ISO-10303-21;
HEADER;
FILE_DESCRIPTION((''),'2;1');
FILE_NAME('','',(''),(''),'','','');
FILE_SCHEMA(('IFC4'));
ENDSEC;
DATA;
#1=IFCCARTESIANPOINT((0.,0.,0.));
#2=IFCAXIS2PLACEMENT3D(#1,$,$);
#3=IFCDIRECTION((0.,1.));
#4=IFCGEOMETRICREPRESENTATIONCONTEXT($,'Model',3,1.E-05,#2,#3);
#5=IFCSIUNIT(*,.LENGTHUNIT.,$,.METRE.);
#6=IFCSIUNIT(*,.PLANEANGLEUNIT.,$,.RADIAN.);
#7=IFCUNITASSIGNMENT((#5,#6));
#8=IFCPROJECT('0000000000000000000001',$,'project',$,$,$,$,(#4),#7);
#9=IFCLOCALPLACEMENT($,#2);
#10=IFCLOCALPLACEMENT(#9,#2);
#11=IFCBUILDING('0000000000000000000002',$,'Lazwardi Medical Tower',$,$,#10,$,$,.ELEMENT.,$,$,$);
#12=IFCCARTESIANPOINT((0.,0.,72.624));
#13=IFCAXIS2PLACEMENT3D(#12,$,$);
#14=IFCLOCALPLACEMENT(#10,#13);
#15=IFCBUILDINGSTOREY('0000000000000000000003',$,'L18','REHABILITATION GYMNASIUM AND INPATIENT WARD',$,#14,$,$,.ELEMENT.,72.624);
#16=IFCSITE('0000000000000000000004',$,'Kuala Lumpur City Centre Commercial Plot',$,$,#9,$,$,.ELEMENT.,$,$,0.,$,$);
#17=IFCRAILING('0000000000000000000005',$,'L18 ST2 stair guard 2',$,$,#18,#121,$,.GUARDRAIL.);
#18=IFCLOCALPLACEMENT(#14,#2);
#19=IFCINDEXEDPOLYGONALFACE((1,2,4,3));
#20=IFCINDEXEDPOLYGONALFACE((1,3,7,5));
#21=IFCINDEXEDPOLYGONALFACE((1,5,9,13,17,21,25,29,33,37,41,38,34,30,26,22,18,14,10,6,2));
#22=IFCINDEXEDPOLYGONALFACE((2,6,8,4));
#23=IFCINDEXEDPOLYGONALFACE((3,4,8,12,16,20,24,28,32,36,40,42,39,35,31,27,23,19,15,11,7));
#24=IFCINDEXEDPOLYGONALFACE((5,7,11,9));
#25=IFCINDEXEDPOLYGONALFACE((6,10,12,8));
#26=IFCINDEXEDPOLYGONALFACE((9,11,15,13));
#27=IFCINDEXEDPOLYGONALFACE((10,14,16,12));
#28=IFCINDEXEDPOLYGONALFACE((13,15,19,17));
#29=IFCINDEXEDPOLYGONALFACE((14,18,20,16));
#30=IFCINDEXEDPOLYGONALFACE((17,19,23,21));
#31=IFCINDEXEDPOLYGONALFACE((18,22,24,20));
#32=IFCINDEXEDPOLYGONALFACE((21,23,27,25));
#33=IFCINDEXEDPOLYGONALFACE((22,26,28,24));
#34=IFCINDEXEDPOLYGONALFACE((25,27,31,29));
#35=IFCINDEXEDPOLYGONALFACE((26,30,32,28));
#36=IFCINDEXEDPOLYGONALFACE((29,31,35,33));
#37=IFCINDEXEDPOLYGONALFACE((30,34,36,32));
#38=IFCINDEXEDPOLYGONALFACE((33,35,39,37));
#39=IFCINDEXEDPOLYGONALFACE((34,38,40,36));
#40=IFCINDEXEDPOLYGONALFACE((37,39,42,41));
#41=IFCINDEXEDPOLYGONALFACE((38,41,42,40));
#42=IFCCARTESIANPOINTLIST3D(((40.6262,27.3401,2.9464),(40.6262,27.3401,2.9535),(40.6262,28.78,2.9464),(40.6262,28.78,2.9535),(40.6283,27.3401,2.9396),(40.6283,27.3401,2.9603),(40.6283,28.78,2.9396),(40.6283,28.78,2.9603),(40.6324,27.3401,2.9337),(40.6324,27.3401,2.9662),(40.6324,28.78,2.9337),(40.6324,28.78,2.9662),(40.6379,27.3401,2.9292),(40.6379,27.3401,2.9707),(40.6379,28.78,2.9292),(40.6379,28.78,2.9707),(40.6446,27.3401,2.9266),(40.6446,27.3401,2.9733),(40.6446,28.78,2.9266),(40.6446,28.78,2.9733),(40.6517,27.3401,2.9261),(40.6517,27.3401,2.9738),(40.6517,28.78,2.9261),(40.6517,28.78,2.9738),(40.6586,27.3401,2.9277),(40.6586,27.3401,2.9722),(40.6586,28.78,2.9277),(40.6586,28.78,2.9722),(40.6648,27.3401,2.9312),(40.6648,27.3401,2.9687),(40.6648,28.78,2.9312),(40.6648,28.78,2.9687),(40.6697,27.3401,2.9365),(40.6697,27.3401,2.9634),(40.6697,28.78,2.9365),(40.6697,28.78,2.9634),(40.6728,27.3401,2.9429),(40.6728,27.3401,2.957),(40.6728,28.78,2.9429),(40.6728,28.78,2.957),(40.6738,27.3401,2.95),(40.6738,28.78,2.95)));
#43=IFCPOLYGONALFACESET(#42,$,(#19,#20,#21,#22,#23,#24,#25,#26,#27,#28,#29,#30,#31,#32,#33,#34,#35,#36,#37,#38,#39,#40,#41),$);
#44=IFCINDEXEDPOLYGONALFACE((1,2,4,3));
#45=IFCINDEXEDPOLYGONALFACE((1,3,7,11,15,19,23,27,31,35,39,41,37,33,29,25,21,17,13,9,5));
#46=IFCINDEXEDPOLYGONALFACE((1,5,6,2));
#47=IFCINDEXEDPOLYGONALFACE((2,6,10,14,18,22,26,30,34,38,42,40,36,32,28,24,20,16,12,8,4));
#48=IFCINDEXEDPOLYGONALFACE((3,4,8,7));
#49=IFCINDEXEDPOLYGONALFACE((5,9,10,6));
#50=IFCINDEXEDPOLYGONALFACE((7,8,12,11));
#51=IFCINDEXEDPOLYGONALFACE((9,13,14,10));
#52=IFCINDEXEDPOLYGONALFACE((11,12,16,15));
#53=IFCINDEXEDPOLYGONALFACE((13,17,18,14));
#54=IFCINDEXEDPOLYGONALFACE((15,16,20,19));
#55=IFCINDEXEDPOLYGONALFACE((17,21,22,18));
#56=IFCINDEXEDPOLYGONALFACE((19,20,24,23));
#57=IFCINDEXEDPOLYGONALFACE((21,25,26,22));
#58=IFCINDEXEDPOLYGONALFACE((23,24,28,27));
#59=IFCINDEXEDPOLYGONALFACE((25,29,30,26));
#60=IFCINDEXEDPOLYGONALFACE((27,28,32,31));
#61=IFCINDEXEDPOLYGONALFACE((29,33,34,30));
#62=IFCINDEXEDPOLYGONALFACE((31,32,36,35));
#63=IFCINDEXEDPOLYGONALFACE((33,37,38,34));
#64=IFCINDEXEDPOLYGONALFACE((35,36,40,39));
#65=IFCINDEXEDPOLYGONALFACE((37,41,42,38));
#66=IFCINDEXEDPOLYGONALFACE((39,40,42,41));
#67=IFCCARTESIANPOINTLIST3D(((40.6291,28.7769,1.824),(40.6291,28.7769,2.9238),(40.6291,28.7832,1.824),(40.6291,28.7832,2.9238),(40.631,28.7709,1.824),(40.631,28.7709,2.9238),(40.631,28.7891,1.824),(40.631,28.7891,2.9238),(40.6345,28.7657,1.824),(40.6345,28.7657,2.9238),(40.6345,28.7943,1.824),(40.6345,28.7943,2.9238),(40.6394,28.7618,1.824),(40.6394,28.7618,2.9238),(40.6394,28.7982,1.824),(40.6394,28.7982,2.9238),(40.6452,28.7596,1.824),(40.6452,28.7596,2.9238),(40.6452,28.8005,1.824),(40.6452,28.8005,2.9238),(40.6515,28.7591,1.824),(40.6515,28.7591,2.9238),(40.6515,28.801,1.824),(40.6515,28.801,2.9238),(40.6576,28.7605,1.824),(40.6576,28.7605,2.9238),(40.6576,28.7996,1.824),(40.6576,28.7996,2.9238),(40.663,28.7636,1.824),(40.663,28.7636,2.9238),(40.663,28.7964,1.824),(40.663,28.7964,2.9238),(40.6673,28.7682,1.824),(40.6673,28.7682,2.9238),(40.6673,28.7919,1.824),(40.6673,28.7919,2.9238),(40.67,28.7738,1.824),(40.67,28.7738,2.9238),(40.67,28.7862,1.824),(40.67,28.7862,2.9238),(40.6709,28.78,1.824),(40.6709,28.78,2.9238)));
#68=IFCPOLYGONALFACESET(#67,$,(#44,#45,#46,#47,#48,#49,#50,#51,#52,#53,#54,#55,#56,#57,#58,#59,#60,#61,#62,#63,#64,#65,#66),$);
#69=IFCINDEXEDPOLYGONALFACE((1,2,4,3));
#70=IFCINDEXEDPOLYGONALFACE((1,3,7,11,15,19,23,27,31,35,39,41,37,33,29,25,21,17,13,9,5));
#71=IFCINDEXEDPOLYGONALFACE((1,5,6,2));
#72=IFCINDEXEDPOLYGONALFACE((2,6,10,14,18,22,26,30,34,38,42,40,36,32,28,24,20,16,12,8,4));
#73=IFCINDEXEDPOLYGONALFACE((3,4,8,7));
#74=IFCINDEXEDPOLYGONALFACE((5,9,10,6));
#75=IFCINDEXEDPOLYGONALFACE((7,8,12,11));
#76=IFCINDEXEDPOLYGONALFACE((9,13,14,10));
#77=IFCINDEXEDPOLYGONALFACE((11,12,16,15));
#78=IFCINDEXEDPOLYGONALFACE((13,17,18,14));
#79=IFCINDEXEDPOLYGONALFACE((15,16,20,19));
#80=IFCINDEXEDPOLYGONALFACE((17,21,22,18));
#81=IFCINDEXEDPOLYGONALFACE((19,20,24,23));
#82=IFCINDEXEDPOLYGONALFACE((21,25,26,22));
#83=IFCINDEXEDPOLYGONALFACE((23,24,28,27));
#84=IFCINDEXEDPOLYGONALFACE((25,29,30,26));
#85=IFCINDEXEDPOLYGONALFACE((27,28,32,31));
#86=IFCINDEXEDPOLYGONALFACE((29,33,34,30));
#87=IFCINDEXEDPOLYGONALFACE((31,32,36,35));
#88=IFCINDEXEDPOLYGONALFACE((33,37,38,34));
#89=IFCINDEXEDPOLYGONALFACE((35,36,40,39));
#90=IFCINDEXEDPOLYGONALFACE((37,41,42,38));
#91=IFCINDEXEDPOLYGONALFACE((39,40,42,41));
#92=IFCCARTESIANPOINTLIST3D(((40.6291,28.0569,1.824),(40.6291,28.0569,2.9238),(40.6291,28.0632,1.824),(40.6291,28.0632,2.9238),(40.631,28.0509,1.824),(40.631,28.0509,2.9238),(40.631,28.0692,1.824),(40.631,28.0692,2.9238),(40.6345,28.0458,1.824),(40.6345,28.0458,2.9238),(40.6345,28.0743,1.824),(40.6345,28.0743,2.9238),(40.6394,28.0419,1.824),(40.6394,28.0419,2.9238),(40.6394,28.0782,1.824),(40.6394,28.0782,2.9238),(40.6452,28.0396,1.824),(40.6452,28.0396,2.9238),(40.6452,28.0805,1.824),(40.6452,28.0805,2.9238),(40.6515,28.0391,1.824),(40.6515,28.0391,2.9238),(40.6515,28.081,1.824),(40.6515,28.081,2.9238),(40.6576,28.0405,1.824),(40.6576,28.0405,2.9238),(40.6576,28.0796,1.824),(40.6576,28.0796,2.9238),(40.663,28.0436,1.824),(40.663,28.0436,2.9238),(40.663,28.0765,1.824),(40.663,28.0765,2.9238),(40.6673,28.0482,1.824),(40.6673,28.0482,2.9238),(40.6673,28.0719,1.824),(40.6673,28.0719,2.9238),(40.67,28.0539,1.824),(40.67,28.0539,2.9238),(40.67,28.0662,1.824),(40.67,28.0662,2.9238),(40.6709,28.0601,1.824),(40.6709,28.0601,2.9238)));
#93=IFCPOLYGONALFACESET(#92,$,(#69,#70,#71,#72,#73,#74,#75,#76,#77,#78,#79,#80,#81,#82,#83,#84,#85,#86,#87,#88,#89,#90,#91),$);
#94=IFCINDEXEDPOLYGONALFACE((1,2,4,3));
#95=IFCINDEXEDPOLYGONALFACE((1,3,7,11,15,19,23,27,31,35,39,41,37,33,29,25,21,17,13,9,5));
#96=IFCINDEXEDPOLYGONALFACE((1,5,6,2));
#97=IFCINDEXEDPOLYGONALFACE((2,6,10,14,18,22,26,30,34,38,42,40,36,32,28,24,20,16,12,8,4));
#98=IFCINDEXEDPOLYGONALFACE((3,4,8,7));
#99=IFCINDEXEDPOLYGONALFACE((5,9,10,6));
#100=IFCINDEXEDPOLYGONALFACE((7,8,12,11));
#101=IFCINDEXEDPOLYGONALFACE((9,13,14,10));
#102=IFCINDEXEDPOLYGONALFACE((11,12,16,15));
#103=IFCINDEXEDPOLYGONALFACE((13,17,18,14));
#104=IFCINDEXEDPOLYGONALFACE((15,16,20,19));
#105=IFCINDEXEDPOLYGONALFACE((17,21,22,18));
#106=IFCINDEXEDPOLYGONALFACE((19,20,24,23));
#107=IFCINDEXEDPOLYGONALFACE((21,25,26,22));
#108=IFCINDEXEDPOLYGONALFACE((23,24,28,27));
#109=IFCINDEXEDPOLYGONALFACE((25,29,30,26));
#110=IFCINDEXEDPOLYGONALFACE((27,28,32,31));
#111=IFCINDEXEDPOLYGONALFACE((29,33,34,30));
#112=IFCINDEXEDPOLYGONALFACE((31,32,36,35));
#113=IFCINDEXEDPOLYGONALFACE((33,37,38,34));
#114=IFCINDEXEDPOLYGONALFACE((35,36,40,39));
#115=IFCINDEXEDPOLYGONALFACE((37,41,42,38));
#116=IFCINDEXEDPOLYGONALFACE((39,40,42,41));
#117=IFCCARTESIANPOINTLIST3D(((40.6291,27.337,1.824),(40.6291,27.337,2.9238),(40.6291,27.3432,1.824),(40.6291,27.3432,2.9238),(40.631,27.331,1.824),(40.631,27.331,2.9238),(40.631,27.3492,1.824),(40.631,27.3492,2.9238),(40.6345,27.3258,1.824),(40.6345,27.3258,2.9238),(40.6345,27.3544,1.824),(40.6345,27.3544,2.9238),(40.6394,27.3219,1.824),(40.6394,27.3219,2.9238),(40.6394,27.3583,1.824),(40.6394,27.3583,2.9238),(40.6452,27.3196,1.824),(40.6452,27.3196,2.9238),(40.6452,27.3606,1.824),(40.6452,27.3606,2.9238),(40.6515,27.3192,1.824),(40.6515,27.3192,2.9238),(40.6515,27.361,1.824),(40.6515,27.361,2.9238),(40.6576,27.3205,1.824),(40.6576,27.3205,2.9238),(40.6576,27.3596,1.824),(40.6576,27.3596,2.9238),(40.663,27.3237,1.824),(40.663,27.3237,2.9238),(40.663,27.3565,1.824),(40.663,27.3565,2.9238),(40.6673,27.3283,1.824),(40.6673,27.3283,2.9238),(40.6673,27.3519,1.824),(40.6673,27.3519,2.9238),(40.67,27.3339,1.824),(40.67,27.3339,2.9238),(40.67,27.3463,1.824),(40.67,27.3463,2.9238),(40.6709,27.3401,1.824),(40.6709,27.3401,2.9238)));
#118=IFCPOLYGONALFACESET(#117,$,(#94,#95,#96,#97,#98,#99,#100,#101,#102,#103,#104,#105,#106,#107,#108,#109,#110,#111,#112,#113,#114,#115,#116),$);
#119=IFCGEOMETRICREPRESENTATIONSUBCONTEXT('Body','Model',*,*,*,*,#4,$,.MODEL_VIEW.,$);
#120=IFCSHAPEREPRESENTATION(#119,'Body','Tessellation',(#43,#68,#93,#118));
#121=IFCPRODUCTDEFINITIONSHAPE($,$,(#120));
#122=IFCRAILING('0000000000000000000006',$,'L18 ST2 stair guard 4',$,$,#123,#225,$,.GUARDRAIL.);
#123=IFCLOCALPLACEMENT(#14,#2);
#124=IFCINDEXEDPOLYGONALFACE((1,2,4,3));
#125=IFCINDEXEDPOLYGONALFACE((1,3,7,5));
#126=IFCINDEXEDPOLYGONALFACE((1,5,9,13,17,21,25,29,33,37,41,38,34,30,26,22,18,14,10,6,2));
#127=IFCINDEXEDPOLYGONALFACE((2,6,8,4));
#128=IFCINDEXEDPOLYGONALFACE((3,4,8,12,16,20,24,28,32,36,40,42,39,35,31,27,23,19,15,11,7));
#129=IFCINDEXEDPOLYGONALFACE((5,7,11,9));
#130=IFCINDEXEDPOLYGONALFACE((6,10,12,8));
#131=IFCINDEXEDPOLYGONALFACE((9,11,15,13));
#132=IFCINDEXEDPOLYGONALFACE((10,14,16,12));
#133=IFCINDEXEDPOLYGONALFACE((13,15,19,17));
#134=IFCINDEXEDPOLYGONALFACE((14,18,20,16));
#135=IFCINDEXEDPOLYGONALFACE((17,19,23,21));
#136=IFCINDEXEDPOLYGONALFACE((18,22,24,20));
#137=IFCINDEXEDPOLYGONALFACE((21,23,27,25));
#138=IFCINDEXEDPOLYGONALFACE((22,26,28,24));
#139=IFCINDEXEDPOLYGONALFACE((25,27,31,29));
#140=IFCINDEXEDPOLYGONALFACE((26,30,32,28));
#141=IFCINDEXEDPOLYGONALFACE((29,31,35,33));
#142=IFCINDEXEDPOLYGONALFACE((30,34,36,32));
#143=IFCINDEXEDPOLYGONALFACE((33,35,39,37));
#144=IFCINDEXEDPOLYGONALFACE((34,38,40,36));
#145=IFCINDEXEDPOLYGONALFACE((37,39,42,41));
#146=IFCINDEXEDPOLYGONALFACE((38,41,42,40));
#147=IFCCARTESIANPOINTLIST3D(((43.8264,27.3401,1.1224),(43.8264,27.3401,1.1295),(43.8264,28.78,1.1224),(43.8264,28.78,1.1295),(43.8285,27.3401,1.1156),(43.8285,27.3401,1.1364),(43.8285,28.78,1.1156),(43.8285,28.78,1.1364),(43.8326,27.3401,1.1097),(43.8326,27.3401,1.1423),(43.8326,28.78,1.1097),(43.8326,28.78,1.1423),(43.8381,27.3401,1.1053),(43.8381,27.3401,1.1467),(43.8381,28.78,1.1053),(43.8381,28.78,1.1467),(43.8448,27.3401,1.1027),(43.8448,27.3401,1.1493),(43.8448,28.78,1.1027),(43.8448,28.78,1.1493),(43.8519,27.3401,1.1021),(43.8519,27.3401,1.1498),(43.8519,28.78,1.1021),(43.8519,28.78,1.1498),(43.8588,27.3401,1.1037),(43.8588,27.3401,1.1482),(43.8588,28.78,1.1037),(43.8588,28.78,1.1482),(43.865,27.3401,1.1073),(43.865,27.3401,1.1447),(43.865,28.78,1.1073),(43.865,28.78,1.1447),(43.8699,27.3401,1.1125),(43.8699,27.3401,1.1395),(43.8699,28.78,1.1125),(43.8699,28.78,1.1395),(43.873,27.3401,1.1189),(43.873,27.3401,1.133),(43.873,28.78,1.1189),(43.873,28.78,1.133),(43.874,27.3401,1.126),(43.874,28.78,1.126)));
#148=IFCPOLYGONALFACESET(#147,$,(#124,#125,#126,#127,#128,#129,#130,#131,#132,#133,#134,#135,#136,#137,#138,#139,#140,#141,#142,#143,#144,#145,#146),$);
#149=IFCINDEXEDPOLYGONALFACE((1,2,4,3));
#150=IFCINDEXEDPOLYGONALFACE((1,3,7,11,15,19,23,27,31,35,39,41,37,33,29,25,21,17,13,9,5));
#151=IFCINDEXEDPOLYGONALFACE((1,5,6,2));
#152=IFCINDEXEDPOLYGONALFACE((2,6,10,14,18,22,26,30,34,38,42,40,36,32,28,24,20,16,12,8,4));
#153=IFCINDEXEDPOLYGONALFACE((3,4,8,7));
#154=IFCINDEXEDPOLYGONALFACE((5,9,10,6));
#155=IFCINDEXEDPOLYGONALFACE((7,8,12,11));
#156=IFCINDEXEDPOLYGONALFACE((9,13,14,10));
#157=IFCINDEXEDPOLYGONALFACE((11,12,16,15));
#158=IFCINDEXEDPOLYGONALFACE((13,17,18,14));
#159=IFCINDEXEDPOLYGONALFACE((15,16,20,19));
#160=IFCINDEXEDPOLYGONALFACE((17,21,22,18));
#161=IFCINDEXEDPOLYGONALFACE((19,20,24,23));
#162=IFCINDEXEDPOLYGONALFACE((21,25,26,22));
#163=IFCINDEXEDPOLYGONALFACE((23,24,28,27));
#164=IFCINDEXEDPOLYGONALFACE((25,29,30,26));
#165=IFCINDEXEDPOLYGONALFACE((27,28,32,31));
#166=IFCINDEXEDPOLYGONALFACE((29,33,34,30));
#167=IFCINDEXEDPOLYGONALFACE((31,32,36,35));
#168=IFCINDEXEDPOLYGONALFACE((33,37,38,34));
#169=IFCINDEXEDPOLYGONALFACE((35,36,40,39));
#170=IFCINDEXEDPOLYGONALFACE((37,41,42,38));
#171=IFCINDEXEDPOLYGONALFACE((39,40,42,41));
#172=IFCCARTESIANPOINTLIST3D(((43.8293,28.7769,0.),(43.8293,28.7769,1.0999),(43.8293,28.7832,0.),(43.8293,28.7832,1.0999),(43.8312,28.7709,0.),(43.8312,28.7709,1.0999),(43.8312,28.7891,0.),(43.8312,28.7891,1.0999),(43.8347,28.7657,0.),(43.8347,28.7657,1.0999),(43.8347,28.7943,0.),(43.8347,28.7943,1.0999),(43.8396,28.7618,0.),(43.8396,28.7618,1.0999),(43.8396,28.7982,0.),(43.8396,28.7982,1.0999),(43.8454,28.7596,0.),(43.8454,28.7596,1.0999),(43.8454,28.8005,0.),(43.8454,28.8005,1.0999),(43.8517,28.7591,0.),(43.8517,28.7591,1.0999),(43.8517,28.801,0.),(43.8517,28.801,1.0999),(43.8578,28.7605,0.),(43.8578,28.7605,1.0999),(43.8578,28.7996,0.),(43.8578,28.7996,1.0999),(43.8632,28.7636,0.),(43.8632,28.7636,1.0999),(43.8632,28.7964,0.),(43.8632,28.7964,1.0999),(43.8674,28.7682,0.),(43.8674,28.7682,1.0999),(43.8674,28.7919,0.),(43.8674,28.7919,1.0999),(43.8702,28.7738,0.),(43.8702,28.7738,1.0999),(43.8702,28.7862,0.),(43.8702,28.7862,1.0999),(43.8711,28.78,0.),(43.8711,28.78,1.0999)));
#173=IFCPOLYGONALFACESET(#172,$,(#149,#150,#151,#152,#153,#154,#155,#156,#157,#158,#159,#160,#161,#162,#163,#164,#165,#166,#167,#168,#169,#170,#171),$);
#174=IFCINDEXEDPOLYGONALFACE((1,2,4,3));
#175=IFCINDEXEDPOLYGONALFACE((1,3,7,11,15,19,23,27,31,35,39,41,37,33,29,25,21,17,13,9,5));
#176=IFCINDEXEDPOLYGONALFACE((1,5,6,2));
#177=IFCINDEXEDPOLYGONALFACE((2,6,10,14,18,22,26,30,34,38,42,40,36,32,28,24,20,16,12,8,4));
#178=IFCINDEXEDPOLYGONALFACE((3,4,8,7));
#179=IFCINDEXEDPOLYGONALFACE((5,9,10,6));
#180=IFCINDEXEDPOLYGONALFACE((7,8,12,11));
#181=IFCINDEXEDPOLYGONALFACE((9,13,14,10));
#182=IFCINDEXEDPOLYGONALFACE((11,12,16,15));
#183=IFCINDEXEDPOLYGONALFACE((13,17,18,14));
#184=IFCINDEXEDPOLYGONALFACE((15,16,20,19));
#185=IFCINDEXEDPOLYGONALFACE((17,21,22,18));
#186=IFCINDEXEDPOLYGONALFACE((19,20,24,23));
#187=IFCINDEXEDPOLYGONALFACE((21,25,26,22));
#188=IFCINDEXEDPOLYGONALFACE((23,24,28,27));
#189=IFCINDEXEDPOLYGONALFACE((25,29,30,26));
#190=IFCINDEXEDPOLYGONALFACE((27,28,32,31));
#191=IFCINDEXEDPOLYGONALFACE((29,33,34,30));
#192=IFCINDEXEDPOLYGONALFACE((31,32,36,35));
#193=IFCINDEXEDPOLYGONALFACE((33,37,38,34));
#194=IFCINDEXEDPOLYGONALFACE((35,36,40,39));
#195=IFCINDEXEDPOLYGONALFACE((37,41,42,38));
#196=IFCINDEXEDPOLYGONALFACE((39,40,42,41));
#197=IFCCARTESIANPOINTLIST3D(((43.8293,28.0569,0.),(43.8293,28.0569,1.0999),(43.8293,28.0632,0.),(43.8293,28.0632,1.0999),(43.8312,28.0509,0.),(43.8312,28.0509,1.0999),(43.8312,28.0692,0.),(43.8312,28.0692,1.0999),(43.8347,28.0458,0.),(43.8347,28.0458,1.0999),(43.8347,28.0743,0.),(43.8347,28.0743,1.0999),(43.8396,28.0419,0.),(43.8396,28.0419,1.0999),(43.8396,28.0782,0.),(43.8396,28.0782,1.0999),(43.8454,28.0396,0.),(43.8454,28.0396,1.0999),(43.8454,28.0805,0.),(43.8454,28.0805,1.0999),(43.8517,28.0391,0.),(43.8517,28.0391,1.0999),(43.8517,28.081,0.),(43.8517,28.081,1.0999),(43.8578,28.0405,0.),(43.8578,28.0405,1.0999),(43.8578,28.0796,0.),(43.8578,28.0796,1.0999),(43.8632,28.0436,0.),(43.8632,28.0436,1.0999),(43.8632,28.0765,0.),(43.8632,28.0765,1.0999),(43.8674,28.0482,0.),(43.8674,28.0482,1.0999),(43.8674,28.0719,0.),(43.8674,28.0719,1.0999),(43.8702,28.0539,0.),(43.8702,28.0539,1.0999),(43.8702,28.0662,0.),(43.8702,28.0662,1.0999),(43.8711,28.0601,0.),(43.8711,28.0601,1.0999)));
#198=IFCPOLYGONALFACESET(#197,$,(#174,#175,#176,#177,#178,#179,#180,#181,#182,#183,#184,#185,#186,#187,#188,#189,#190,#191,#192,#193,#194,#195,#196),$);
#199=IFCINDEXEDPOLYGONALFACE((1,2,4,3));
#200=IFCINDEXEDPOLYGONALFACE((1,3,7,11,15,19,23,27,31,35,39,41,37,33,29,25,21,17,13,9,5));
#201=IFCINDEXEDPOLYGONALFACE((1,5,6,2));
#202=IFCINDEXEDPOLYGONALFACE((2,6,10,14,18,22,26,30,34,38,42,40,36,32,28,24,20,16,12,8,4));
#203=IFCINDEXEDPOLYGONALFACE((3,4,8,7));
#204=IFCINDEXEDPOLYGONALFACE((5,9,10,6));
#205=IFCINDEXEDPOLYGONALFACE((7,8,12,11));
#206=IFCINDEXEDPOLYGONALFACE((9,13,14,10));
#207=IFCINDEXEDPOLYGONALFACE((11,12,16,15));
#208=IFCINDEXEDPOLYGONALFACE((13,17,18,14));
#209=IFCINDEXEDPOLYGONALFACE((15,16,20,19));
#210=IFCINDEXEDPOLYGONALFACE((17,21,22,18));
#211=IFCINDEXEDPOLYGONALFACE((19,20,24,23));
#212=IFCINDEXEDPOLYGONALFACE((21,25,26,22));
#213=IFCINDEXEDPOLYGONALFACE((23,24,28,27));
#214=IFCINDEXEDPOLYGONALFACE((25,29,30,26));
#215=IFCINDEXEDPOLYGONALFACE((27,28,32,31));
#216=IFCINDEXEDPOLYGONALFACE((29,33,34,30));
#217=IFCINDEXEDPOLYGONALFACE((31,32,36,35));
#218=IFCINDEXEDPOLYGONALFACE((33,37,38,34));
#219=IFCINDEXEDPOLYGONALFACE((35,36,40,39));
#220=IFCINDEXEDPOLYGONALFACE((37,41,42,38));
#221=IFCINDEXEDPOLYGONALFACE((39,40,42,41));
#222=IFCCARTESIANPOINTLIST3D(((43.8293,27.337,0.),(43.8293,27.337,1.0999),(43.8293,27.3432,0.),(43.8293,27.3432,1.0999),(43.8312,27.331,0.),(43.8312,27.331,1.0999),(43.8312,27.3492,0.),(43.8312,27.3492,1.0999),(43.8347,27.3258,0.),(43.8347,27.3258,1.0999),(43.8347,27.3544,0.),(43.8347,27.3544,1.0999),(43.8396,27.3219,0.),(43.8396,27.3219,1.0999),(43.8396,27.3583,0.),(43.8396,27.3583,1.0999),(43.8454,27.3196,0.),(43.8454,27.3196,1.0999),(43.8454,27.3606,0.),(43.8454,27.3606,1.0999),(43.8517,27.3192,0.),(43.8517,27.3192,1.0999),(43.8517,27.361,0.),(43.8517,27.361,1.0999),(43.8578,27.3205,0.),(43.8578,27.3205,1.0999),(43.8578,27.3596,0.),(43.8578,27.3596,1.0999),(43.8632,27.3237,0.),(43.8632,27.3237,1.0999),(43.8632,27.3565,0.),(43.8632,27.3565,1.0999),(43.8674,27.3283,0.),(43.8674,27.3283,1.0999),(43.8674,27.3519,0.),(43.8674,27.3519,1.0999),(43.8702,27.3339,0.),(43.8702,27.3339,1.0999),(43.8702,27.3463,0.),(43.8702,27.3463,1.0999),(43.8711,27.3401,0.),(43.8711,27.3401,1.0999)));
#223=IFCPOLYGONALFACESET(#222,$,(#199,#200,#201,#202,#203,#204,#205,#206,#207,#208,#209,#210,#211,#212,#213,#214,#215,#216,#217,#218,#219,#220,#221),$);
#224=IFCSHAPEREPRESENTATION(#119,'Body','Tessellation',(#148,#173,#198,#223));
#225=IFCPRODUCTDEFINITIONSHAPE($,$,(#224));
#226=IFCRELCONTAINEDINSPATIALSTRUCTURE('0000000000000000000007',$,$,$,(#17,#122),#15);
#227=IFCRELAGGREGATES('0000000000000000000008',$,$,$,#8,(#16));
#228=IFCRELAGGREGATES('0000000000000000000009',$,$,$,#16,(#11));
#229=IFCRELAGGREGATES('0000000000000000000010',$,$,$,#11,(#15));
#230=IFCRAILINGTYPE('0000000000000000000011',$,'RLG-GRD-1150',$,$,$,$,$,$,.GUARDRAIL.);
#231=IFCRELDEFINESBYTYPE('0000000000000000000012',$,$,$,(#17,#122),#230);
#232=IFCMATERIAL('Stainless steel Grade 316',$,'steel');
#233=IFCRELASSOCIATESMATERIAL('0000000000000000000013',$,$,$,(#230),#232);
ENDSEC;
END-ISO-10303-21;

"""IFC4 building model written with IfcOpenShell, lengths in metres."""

from ifc_helpers import new_model, si_unit, direction, frame, origin, origin_2d, place, context, subcontext, project, spatial, circle, extrude, material, type_object, element, save


model = new_model("IFC4")

# Units and contexts
model_context = context("Model", 3, precision=1e-05, world=origin(), true_north=direction((0.0, 1.0)))
body_context = subcontext(model_context, "Body", "Model", "MODEL_VIEW")
ifc_project = project(units=[si_unit("LENGTHUNIT", "METRE"), si_unit("PLANEANGLEUNIT", "RADIAN")], contexts=[model_context])

# Site, building, storey
site_placement = place(None, origin())
site = spatial("IfcSite", under=ifc_project, at=site_placement, Name="Kuala Lumpur City Centre Commercial Plot", CompositionType="ELEMENT", RefElevation=0.0)
building_placement = place(site_placement, origin())
building = spatial("IfcBuilding", under=site, at=building_placement, Name="Lazwardi Medical Tower", CompositionType="ELEMENT")
storey_placement = place(building_placement, frame((0.0, 0.0, 72.624)))
storey = spatial("IfcBuildingStorey", under=building, at=storey_placement, Name="L18", Description="REHABILITATION GYMNASIUM AND INPATIENT WARD", CompositionType="ELEMENT", Elevation=72.624)

# Railings
ifc_material_1 = material(Name="Stainless steel Grade 316", Category="steel")
railing_type_1 = type_object("IfcRailingType", Name="RLG-GRD-1150", PredefinedType="GUARDRAIL", material=ifc_material_1)
for number, where, name in (
    (1, (40.6499, 28.78, 1.824), "L18 ST2 stair guard 2"),
    (2, (43.8501, 28.78, 0.0), "L18 ST2 stair guard 4"),
):
    element("IfcRailing", number, at=place(storey_placement, frame(where)), inside=storey, type_object=railing_type_1, Name=name, PredefinedType="GUARDRAIL", context=body_context, shape_type="SweptSolid", body=[
        extrude(circle(Radius=0.0239, at=origin_2d()), frame((0.0, 0.0, 1.126), z_axis=(0.0, -1.0, 0.0), x_axis=(1.0, 0.0, 0.0)), (0.0, 0.0, 1.0), 1.4399),
        extrude(circle(Radius=0.021, at=origin_2d()), origin(), (0.0, 0.0, 1.0), 1.0999),
        extrude(circle(Radius=0.021, at=origin_2d()), frame((0.0, -0.72, 0.0)), (0.0, 0.0, 1.0), 1.0999),
        extrude(circle(Radius=0.021, at=origin_2d()), frame((0.0, -1.4399, 0.0)), (0.0, 0.0, 1.0), 1.0999),
    ])

save(model, "model.ifc")
